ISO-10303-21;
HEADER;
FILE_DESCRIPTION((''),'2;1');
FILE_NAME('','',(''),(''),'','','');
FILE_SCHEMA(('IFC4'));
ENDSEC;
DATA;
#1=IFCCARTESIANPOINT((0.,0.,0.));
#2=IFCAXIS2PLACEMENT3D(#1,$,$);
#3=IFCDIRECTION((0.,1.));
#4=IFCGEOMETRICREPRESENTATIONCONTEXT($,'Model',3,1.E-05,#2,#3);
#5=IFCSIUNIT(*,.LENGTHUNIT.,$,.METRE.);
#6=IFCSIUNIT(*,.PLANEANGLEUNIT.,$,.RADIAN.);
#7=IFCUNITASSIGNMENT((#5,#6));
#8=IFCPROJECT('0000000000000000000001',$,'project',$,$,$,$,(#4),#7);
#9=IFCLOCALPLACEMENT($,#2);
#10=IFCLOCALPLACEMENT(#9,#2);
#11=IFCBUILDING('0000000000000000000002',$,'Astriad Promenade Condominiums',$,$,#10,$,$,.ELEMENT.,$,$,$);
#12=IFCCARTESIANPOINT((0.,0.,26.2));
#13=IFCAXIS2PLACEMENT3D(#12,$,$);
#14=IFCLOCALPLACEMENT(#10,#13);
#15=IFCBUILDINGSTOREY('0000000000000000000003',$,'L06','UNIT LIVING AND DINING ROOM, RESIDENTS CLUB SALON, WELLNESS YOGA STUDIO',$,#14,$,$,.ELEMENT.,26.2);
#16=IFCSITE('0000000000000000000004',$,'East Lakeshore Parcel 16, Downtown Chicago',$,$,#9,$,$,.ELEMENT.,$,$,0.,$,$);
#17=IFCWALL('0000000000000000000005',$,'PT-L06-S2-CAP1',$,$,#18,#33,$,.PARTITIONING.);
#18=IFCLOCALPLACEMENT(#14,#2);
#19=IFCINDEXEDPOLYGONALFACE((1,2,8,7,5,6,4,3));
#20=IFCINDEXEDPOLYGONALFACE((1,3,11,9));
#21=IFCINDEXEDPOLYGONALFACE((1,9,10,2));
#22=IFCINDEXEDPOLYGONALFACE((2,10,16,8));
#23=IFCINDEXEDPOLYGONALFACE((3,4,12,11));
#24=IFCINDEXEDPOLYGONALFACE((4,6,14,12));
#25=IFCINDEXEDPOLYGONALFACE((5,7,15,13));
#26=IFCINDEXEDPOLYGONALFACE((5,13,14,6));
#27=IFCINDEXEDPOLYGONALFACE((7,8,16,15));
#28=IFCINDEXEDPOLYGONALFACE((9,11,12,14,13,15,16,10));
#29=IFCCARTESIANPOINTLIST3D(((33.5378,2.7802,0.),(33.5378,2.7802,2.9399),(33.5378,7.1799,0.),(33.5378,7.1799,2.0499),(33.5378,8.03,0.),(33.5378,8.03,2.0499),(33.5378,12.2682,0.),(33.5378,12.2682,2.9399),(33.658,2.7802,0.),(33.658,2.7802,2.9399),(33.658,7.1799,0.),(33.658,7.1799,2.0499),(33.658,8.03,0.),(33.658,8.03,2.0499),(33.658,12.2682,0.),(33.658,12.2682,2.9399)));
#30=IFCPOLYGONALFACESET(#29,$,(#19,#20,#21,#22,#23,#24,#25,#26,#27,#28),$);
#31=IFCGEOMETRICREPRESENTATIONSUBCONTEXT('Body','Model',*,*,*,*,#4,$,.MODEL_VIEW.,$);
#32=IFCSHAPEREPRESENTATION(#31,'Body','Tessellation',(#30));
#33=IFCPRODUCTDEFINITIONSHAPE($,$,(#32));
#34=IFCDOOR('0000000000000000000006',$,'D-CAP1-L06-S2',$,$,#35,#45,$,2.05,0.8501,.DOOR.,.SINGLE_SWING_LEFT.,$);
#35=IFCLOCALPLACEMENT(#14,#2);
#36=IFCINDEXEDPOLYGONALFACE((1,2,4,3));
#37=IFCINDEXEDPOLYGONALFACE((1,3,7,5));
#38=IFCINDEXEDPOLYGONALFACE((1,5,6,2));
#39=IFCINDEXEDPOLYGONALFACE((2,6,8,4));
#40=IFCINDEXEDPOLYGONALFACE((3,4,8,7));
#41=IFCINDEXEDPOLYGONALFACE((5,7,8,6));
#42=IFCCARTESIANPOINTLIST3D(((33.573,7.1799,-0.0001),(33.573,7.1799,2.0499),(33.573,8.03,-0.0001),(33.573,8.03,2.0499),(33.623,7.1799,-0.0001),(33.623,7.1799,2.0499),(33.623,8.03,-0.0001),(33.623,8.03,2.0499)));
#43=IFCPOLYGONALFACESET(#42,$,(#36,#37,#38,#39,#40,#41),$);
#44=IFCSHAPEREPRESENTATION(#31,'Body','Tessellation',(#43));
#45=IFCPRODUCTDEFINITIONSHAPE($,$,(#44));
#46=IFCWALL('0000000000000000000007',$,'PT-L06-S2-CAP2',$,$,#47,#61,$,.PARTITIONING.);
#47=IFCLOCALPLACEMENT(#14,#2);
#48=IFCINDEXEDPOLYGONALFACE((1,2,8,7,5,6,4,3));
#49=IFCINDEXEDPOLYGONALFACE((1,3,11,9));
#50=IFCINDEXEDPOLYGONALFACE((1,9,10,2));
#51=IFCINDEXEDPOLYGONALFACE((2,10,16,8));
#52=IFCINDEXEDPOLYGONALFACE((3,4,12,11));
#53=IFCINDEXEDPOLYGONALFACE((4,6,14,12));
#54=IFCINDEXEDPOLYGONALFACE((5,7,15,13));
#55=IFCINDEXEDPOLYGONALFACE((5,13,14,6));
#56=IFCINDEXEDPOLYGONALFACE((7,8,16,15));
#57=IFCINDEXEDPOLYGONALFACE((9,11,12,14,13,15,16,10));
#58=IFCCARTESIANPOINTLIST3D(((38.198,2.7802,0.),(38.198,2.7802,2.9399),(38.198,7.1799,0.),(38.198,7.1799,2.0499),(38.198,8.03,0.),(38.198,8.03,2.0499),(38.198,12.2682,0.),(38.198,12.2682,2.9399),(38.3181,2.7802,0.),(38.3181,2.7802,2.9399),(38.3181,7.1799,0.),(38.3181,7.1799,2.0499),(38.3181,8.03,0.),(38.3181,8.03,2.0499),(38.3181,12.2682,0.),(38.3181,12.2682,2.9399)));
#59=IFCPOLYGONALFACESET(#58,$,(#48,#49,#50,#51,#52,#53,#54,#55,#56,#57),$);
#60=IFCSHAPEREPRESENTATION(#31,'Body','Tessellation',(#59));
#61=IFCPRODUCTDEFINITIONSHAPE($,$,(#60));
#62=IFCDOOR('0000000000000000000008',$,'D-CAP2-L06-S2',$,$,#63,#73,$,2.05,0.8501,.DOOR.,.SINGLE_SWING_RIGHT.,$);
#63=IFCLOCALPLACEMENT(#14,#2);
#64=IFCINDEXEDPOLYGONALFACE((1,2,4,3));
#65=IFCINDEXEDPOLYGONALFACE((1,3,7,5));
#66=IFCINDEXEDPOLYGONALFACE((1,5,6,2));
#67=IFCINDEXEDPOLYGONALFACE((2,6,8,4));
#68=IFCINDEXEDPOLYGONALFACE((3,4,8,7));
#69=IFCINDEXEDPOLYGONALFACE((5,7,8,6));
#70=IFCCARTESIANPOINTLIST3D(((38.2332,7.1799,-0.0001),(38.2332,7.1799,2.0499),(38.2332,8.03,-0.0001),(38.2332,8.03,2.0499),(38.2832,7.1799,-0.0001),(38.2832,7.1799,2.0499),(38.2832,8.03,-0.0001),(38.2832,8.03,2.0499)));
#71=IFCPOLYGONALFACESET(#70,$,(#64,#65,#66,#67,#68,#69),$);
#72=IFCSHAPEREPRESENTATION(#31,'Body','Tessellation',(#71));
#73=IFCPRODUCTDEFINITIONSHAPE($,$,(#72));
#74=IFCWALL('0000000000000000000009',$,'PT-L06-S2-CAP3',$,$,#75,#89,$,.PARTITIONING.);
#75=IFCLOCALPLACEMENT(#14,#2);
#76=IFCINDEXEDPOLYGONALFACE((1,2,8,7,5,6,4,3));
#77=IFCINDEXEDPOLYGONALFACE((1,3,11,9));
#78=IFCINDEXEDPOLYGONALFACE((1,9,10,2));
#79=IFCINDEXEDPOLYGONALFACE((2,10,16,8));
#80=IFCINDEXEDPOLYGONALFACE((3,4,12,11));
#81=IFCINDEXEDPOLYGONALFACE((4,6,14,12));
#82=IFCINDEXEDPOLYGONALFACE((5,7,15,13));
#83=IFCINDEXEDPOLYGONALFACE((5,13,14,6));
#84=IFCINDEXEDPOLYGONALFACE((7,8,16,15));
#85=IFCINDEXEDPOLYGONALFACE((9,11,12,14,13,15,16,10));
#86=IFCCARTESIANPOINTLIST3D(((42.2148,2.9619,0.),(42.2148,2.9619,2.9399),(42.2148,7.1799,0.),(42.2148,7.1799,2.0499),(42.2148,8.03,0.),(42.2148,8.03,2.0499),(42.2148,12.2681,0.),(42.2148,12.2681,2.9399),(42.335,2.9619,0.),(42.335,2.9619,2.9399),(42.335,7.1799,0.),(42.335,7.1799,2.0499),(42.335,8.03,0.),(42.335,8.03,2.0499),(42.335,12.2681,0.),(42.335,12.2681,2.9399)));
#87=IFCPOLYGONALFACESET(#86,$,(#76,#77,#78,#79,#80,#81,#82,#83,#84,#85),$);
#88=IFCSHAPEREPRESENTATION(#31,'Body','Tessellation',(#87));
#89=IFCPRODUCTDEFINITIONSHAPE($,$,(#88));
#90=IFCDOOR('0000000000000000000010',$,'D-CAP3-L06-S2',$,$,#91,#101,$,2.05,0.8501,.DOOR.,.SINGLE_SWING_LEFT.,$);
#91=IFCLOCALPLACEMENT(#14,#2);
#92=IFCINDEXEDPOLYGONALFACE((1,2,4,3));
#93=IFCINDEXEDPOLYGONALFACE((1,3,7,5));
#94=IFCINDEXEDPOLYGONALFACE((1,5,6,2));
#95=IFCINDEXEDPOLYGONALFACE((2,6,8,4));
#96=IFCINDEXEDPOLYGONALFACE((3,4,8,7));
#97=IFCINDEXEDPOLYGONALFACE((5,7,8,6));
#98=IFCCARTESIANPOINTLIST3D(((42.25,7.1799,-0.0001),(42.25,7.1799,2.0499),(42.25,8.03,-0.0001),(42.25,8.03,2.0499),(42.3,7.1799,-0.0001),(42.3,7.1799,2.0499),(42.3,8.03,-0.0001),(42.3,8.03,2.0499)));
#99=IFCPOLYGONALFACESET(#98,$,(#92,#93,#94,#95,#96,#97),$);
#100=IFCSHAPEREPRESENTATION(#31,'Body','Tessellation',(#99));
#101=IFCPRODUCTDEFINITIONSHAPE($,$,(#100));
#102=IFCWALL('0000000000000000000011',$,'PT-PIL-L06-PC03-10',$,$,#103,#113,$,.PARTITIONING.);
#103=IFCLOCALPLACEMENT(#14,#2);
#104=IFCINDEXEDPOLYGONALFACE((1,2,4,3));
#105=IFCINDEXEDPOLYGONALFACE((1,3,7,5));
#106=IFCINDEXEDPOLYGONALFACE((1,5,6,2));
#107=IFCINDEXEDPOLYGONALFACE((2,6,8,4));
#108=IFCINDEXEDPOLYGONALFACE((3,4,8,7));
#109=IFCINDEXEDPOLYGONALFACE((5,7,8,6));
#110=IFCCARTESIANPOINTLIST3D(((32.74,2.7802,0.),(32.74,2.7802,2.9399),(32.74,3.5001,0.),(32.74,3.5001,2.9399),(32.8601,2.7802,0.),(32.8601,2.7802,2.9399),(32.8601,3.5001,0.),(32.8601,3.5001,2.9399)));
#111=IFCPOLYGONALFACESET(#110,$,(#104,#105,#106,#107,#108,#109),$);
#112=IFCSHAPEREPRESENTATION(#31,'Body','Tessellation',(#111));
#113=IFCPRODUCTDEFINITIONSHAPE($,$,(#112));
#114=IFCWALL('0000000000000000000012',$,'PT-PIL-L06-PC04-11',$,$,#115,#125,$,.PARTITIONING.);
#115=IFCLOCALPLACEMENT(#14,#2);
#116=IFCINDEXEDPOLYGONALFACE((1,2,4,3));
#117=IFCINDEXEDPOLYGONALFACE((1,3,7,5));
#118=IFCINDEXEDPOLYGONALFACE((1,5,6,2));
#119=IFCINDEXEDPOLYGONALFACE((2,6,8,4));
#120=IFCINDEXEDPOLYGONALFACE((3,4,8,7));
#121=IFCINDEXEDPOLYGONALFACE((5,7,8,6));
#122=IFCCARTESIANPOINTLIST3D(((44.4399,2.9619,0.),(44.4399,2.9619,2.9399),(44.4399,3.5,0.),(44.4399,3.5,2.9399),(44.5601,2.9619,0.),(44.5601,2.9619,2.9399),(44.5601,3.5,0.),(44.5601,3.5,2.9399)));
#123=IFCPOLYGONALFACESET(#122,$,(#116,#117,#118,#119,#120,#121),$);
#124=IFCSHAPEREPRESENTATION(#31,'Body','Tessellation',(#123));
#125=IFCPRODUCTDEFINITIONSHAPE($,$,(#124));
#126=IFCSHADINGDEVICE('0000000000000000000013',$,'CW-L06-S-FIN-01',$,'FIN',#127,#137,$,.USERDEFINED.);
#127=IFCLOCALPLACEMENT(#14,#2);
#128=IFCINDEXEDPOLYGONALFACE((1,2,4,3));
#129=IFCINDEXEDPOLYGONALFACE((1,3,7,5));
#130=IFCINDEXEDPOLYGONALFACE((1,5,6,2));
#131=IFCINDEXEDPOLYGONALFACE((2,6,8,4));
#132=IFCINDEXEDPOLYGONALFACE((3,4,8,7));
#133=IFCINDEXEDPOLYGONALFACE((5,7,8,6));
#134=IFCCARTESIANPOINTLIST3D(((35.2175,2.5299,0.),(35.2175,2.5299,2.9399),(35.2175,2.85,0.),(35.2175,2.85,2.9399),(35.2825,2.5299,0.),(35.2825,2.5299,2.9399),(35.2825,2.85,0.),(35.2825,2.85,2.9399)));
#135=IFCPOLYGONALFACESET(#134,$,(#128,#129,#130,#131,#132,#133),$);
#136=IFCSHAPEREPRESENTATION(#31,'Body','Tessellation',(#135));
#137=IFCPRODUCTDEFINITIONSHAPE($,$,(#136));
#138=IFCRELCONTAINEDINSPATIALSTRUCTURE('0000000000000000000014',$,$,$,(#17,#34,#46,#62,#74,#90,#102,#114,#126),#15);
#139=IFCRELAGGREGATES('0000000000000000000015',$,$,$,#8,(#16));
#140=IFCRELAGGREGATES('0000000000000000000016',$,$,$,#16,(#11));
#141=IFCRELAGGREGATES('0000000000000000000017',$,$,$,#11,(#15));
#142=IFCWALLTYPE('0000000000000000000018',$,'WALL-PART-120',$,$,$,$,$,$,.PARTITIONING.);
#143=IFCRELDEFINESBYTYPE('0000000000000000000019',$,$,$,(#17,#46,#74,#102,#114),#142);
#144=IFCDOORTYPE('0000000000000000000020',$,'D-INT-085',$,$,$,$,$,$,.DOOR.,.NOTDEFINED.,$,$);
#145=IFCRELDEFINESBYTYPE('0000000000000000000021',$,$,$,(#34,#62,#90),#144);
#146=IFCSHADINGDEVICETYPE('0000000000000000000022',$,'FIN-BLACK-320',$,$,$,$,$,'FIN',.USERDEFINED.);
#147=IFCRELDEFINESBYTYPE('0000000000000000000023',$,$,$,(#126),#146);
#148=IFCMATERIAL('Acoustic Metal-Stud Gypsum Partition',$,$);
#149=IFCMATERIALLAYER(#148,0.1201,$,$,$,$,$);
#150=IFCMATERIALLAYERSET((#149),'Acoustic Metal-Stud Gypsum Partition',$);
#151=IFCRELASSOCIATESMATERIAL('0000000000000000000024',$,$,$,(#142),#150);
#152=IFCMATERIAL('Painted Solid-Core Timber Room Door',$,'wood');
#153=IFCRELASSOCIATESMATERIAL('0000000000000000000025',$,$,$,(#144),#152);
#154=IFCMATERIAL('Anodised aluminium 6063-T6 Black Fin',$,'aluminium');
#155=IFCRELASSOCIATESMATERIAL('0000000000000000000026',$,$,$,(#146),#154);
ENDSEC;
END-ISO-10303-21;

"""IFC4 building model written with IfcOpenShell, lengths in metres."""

from ifc_helpers import new_model, si_unit, direction, frame, frame_2d, origin, origin_2d, place, context, subcontext, project, spatial, rectangle, extrude, source, transform, mapped, material, layer, layer_set, type_object, type_shapes, element, fill, save


model = new_model("IFC4")

# Units and contexts
model_context = context("Model", 3, precision=1e-05, world=origin(), true_north=direction((0.0, 1.0)))
body_context = subcontext(model_context, "Body", "Model", "MODEL_VIEW")
ifc_project = project(units=[si_unit("LENGTHUNIT", "METRE"), si_unit("PLANEANGLEUNIT", "RADIAN")], contexts=[model_context])

# Site, building, storey
site_placement = place(None, origin())
site = spatial("IfcSite", under=ifc_project, at=site_placement, Name="East Lakeshore Parcel 16, Downtown Chicago", CompositionType="ELEMENT", RefElevation=0.0)
building_placement = place(site_placement, origin())
building = spatial("IfcBuilding", under=site, at=building_placement, Name="Astriad Promenade Condominiums", CompositionType="ELEMENT")
storey_placement = place(building_placement, frame((0.0, 0.0, 26.2)))
storey = spatial("IfcBuildingStorey", under=building, at=storey_placement, Name="L06", Description="UNIT LIVING AND DINING ROOM, RESIDENTS CLUB SALON, WELLNESS YOGA STUDIO", CompositionType="ELEMENT", Elevation=26.2)

# Walls, openings, doors
ifc_material_1 = material(Name="Acoustic Metal-Stud Gypsum Partition")
ifc_layer_1 = layer(ifc_material_1, 0.1201)
ifc_layer_set_1 = layer_set([ifc_layer_1], Name="Acoustic Metal-Stud Gypsum Partition")
wall_type = type_object("IfcWallType", Name="WALL-PART-120", PredefinedType="PARTITIONING", material=ifc_layer_set_1)
wall_1_placement = place(storey_placement, frame((33.5979, 2.78, 0.0), z_axis=(0.0, 0.0, 1.0), x_axis=(0.0, 1.0, 0.0)))
wall_1 = element("IfcWall", 1, at=wall_1_placement, inside=storey, type_object=wall_type, Name="PT-L06-S2-CAP1", PredefinedType="PARTITIONING", context=body_context, shape_type="SweptSolid", body=[
    extrude(rectangle(XDim=9.488, YDim=0.1201, at=frame_2d((4.7441, 0.0))), origin(), (0.0, 0.0, 1.0), 2.9399),
])
opening_1_placement = place(wall_1_placement, frame((4.3999, 0.0, 0.0)))
opening_1 = element("IfcOpeningElement", 2, at=opening_1_placement, cuts=wall_1, PredefinedType="OPENING", context=body_context, shape_type="SweptSolid", body=[
    extrude(rectangle(XDim=0.8501, YDim=2.05, at=frame_2d((0.425, 1.0249))), frame((0.0, 0.0701, 0.0), z_axis=(0.0, -1.0, 0.0), x_axis=(1.0, 0.0, 0.0)), (0.0, 0.0, 1.0), 0.1401),
])
ifc_material_2 = material(Name="Painted Solid-Core Timber Room Door", Category="wood")
door_type = type_object("IfcDoorType", Name="D-INT-085", OperationType="NOTDEFINED", PredefinedType="DOOR", material=ifc_material_2)
shared_shape_1 = source(origin(), body_context, "Body", "SweptSolid", [
    extrude(rectangle(XDim=0.8501, YDim=2.05, at=frame_2d((0.425, 1.0249))), frame((0.0, 0.0249, 0.0), z_axis=(0.0, -1.0, 0.0), x_axis=(1.0, 0.0, 0.0)), (0.0, 0.0, 1.0), 0.05),
])
type_shapes(door_type, [shared_shape_1])
door_1_placement = place(opening_1_placement, origin())
door_1 = element("IfcDoor", 3, at=door_1_placement, inside=storey, type_object=door_type, Name="D-CAP1-L06-S2", OperationType="SINGLE_SWING_LEFT", OverallHeight=2.05, OverallWidth=0.8501, PredefinedType="DOOR", context=body_context, shape_type="MappedRepresentation", body=[
    mapped(shared_shape_1, transform((0.0, 0.0, 0.0), scale=1.0)),
])
fill(opening_1, door_1)
wall_2_placement = place(storey_placement, frame((38.2581, 2.78, 0.0), z_axis=(0.0, 0.0, 1.0), x_axis=(0.0, 1.0, 0.0)))
wall_2 = element("IfcWall", 4, at=wall_2_placement, inside=storey, type_object=wall_type, Name="PT-L06-S2-CAP2", PredefinedType="PARTITIONING", context=body_context, shape_type="SweptSolid", body=[
    extrude(rectangle(XDim=9.488, YDim=0.1201, at=frame_2d((4.7441, 0.0))), origin(), (0.0, 0.0, 1.0), 2.9399),
])
opening_2_placement = place(wall_2_placement, frame((4.3999, 0.0, 0.0)))
opening_2 = element("IfcOpeningElement", 5, at=opening_2_placement, cuts=wall_2, PredefinedType="OPENING", context=body_context, shape_type="SweptSolid", body=[
    extrude(rectangle(XDim=0.8501, YDim=2.05, at=frame_2d((0.425, 1.0249))), frame((0.0, 0.0701, 0.0), z_axis=(0.0, -1.0, 0.0), x_axis=(1.0, 0.0, 0.0)), (0.0, 0.0, 1.0), 0.1401),
])
door_2_placement = place(opening_2_placement, origin())
door_2 = element("IfcDoor", 6, at=door_2_placement, inside=storey, type_object=door_type, Name="D-CAP2-L06-S2", OperationType="SINGLE_SWING_RIGHT", OverallHeight=2.05, OverallWidth=0.8501, PredefinedType="DOOR", context=body_context, shape_type="MappedRepresentation", body=[
    mapped(shared_shape_1, transform((0.0, 0.0, 0.0), scale=1.0)),
])
fill(opening_2, door_2)
wall_3_placement = place(storey_placement, frame((42.2749, 2.9619, 0.0), z_axis=(0.0, 0.0, 1.0), x_axis=(0.0, 1.0, 0.0)))
wall_3 = element("IfcWall", 7, at=wall_3_placement, inside=storey, type_object=wall_type, Name="PT-L06-S2-CAP3", PredefinedType="PARTITIONING", context=body_context, shape_type="SweptSolid", body=[
    extrude(rectangle(XDim=9.3062, YDim=0.1201, at=frame_2d((4.6531, 0.0))), origin(), (0.0, 0.0, 1.0), 2.9399),
])
opening_3_placement = place(wall_3_placement, frame((4.218, 0.0, 0.0)))
opening_3 = element("IfcOpeningElement", 8, at=opening_3_placement, cuts=wall_3, PredefinedType="OPENING", context=body_context, shape_type="SweptSolid", body=[
    extrude(rectangle(XDim=0.8501, YDim=2.05, at=frame_2d((0.425, 1.0249))), frame((0.0, 0.0701, 0.0), z_axis=(0.0, -1.0, 0.0), x_axis=(1.0, 0.0, 0.0)), (0.0, 0.0, 1.0), 0.1401),
])
door_3_placement = place(opening_3_placement, origin())
door_3 = element("IfcDoor", 9, at=door_3_placement, inside=storey, type_object=door_type, Name="D-CAP3-L06-S2", OperationType="SINGLE_SWING_LEFT", OverallHeight=2.05, OverallWidth=0.8501, PredefinedType="DOOR", context=body_context, shape_type="MappedRepresentation", body=[
    mapped(shared_shape_1, transform((0.0, 0.0, 0.0), scale=1.0)),
])
fill(opening_3, door_3)

# Walls
wall_4_placement = place(storey_placement, frame((32.8, 3.5, 0.0), z_axis=(0.0, 0.0, 1.0), x_axis=(0.0, -1.0, 0.0)))
element("IfcWall", 10, at=wall_4_placement, inside=storey, type_object=wall_type, Name="PT-PIL-L06-PC03-10", PredefinedType="PARTITIONING", context=body_context, shape_type="SweptSolid", body=[
    extrude(rectangle(XDim=0.72, YDim=0.1201, at=frame_2d((0.3599, 0.0))), origin(), (0.0, 0.0, 1.0), 2.9399),
])
wall_5_placement = place(storey_placement, frame((44.5, 3.5, 0.0), z_axis=(0.0, 0.0, 1.0), x_axis=(0.0, -1.0, 0.0)))
element("IfcWall", 11, at=wall_5_placement, inside=storey, type_object=wall_type, Name="PT-PIL-L06-PC04-11", PredefinedType="PARTITIONING", context=body_context, shape_type="SweptSolid", body=[
    extrude(rectangle(XDim=0.5381, YDim=0.1201, at=frame_2d((0.269, 0.0))), origin(), (0.0, 0.0, 1.0), 2.9399),
])

# Shading device
ifc_material_3 = material(Name="Anodised aluminium 6063-T6 Black Fin", Category="aluminium")
shading_device_type = type_object("IfcShadingDeviceType", Name="FIN-BLACK-320", ElementType="FIN", PredefinedType="USERDEFINED", material=ifc_material_3)
shared_shape_2 = source(origin(), body_context, "Body", "SweptSolid", [
    extrude(rectangle(XDim=0.0649, YDim=0.3201, at=origin_2d()), origin(), (0.0, 0.0, 1.0), 2.9399),
])
type_shapes(shading_device_type, [shared_shape_2])
shading_device_placement = place(storey_placement, frame((35.25, 2.6899, 0.0), z_axis=(0.0, 0.0, 1.0), x_axis=(-1.0, 0.0, 0.0)))
element("IfcShadingDevice", 12, at=shading_device_placement, inside=storey, type_object=shading_device_type, Name="CW-L06-S-FIN-01", ObjectType="FIN", PredefinedType="USERDEFINED", context=body_context, shape_type="MappedRepresentation", body=[
    mapped(shared_shape_2, transform((0.0, 0.0, 0.0), scale=1.0)),
])

save(model, "model.ifc")
